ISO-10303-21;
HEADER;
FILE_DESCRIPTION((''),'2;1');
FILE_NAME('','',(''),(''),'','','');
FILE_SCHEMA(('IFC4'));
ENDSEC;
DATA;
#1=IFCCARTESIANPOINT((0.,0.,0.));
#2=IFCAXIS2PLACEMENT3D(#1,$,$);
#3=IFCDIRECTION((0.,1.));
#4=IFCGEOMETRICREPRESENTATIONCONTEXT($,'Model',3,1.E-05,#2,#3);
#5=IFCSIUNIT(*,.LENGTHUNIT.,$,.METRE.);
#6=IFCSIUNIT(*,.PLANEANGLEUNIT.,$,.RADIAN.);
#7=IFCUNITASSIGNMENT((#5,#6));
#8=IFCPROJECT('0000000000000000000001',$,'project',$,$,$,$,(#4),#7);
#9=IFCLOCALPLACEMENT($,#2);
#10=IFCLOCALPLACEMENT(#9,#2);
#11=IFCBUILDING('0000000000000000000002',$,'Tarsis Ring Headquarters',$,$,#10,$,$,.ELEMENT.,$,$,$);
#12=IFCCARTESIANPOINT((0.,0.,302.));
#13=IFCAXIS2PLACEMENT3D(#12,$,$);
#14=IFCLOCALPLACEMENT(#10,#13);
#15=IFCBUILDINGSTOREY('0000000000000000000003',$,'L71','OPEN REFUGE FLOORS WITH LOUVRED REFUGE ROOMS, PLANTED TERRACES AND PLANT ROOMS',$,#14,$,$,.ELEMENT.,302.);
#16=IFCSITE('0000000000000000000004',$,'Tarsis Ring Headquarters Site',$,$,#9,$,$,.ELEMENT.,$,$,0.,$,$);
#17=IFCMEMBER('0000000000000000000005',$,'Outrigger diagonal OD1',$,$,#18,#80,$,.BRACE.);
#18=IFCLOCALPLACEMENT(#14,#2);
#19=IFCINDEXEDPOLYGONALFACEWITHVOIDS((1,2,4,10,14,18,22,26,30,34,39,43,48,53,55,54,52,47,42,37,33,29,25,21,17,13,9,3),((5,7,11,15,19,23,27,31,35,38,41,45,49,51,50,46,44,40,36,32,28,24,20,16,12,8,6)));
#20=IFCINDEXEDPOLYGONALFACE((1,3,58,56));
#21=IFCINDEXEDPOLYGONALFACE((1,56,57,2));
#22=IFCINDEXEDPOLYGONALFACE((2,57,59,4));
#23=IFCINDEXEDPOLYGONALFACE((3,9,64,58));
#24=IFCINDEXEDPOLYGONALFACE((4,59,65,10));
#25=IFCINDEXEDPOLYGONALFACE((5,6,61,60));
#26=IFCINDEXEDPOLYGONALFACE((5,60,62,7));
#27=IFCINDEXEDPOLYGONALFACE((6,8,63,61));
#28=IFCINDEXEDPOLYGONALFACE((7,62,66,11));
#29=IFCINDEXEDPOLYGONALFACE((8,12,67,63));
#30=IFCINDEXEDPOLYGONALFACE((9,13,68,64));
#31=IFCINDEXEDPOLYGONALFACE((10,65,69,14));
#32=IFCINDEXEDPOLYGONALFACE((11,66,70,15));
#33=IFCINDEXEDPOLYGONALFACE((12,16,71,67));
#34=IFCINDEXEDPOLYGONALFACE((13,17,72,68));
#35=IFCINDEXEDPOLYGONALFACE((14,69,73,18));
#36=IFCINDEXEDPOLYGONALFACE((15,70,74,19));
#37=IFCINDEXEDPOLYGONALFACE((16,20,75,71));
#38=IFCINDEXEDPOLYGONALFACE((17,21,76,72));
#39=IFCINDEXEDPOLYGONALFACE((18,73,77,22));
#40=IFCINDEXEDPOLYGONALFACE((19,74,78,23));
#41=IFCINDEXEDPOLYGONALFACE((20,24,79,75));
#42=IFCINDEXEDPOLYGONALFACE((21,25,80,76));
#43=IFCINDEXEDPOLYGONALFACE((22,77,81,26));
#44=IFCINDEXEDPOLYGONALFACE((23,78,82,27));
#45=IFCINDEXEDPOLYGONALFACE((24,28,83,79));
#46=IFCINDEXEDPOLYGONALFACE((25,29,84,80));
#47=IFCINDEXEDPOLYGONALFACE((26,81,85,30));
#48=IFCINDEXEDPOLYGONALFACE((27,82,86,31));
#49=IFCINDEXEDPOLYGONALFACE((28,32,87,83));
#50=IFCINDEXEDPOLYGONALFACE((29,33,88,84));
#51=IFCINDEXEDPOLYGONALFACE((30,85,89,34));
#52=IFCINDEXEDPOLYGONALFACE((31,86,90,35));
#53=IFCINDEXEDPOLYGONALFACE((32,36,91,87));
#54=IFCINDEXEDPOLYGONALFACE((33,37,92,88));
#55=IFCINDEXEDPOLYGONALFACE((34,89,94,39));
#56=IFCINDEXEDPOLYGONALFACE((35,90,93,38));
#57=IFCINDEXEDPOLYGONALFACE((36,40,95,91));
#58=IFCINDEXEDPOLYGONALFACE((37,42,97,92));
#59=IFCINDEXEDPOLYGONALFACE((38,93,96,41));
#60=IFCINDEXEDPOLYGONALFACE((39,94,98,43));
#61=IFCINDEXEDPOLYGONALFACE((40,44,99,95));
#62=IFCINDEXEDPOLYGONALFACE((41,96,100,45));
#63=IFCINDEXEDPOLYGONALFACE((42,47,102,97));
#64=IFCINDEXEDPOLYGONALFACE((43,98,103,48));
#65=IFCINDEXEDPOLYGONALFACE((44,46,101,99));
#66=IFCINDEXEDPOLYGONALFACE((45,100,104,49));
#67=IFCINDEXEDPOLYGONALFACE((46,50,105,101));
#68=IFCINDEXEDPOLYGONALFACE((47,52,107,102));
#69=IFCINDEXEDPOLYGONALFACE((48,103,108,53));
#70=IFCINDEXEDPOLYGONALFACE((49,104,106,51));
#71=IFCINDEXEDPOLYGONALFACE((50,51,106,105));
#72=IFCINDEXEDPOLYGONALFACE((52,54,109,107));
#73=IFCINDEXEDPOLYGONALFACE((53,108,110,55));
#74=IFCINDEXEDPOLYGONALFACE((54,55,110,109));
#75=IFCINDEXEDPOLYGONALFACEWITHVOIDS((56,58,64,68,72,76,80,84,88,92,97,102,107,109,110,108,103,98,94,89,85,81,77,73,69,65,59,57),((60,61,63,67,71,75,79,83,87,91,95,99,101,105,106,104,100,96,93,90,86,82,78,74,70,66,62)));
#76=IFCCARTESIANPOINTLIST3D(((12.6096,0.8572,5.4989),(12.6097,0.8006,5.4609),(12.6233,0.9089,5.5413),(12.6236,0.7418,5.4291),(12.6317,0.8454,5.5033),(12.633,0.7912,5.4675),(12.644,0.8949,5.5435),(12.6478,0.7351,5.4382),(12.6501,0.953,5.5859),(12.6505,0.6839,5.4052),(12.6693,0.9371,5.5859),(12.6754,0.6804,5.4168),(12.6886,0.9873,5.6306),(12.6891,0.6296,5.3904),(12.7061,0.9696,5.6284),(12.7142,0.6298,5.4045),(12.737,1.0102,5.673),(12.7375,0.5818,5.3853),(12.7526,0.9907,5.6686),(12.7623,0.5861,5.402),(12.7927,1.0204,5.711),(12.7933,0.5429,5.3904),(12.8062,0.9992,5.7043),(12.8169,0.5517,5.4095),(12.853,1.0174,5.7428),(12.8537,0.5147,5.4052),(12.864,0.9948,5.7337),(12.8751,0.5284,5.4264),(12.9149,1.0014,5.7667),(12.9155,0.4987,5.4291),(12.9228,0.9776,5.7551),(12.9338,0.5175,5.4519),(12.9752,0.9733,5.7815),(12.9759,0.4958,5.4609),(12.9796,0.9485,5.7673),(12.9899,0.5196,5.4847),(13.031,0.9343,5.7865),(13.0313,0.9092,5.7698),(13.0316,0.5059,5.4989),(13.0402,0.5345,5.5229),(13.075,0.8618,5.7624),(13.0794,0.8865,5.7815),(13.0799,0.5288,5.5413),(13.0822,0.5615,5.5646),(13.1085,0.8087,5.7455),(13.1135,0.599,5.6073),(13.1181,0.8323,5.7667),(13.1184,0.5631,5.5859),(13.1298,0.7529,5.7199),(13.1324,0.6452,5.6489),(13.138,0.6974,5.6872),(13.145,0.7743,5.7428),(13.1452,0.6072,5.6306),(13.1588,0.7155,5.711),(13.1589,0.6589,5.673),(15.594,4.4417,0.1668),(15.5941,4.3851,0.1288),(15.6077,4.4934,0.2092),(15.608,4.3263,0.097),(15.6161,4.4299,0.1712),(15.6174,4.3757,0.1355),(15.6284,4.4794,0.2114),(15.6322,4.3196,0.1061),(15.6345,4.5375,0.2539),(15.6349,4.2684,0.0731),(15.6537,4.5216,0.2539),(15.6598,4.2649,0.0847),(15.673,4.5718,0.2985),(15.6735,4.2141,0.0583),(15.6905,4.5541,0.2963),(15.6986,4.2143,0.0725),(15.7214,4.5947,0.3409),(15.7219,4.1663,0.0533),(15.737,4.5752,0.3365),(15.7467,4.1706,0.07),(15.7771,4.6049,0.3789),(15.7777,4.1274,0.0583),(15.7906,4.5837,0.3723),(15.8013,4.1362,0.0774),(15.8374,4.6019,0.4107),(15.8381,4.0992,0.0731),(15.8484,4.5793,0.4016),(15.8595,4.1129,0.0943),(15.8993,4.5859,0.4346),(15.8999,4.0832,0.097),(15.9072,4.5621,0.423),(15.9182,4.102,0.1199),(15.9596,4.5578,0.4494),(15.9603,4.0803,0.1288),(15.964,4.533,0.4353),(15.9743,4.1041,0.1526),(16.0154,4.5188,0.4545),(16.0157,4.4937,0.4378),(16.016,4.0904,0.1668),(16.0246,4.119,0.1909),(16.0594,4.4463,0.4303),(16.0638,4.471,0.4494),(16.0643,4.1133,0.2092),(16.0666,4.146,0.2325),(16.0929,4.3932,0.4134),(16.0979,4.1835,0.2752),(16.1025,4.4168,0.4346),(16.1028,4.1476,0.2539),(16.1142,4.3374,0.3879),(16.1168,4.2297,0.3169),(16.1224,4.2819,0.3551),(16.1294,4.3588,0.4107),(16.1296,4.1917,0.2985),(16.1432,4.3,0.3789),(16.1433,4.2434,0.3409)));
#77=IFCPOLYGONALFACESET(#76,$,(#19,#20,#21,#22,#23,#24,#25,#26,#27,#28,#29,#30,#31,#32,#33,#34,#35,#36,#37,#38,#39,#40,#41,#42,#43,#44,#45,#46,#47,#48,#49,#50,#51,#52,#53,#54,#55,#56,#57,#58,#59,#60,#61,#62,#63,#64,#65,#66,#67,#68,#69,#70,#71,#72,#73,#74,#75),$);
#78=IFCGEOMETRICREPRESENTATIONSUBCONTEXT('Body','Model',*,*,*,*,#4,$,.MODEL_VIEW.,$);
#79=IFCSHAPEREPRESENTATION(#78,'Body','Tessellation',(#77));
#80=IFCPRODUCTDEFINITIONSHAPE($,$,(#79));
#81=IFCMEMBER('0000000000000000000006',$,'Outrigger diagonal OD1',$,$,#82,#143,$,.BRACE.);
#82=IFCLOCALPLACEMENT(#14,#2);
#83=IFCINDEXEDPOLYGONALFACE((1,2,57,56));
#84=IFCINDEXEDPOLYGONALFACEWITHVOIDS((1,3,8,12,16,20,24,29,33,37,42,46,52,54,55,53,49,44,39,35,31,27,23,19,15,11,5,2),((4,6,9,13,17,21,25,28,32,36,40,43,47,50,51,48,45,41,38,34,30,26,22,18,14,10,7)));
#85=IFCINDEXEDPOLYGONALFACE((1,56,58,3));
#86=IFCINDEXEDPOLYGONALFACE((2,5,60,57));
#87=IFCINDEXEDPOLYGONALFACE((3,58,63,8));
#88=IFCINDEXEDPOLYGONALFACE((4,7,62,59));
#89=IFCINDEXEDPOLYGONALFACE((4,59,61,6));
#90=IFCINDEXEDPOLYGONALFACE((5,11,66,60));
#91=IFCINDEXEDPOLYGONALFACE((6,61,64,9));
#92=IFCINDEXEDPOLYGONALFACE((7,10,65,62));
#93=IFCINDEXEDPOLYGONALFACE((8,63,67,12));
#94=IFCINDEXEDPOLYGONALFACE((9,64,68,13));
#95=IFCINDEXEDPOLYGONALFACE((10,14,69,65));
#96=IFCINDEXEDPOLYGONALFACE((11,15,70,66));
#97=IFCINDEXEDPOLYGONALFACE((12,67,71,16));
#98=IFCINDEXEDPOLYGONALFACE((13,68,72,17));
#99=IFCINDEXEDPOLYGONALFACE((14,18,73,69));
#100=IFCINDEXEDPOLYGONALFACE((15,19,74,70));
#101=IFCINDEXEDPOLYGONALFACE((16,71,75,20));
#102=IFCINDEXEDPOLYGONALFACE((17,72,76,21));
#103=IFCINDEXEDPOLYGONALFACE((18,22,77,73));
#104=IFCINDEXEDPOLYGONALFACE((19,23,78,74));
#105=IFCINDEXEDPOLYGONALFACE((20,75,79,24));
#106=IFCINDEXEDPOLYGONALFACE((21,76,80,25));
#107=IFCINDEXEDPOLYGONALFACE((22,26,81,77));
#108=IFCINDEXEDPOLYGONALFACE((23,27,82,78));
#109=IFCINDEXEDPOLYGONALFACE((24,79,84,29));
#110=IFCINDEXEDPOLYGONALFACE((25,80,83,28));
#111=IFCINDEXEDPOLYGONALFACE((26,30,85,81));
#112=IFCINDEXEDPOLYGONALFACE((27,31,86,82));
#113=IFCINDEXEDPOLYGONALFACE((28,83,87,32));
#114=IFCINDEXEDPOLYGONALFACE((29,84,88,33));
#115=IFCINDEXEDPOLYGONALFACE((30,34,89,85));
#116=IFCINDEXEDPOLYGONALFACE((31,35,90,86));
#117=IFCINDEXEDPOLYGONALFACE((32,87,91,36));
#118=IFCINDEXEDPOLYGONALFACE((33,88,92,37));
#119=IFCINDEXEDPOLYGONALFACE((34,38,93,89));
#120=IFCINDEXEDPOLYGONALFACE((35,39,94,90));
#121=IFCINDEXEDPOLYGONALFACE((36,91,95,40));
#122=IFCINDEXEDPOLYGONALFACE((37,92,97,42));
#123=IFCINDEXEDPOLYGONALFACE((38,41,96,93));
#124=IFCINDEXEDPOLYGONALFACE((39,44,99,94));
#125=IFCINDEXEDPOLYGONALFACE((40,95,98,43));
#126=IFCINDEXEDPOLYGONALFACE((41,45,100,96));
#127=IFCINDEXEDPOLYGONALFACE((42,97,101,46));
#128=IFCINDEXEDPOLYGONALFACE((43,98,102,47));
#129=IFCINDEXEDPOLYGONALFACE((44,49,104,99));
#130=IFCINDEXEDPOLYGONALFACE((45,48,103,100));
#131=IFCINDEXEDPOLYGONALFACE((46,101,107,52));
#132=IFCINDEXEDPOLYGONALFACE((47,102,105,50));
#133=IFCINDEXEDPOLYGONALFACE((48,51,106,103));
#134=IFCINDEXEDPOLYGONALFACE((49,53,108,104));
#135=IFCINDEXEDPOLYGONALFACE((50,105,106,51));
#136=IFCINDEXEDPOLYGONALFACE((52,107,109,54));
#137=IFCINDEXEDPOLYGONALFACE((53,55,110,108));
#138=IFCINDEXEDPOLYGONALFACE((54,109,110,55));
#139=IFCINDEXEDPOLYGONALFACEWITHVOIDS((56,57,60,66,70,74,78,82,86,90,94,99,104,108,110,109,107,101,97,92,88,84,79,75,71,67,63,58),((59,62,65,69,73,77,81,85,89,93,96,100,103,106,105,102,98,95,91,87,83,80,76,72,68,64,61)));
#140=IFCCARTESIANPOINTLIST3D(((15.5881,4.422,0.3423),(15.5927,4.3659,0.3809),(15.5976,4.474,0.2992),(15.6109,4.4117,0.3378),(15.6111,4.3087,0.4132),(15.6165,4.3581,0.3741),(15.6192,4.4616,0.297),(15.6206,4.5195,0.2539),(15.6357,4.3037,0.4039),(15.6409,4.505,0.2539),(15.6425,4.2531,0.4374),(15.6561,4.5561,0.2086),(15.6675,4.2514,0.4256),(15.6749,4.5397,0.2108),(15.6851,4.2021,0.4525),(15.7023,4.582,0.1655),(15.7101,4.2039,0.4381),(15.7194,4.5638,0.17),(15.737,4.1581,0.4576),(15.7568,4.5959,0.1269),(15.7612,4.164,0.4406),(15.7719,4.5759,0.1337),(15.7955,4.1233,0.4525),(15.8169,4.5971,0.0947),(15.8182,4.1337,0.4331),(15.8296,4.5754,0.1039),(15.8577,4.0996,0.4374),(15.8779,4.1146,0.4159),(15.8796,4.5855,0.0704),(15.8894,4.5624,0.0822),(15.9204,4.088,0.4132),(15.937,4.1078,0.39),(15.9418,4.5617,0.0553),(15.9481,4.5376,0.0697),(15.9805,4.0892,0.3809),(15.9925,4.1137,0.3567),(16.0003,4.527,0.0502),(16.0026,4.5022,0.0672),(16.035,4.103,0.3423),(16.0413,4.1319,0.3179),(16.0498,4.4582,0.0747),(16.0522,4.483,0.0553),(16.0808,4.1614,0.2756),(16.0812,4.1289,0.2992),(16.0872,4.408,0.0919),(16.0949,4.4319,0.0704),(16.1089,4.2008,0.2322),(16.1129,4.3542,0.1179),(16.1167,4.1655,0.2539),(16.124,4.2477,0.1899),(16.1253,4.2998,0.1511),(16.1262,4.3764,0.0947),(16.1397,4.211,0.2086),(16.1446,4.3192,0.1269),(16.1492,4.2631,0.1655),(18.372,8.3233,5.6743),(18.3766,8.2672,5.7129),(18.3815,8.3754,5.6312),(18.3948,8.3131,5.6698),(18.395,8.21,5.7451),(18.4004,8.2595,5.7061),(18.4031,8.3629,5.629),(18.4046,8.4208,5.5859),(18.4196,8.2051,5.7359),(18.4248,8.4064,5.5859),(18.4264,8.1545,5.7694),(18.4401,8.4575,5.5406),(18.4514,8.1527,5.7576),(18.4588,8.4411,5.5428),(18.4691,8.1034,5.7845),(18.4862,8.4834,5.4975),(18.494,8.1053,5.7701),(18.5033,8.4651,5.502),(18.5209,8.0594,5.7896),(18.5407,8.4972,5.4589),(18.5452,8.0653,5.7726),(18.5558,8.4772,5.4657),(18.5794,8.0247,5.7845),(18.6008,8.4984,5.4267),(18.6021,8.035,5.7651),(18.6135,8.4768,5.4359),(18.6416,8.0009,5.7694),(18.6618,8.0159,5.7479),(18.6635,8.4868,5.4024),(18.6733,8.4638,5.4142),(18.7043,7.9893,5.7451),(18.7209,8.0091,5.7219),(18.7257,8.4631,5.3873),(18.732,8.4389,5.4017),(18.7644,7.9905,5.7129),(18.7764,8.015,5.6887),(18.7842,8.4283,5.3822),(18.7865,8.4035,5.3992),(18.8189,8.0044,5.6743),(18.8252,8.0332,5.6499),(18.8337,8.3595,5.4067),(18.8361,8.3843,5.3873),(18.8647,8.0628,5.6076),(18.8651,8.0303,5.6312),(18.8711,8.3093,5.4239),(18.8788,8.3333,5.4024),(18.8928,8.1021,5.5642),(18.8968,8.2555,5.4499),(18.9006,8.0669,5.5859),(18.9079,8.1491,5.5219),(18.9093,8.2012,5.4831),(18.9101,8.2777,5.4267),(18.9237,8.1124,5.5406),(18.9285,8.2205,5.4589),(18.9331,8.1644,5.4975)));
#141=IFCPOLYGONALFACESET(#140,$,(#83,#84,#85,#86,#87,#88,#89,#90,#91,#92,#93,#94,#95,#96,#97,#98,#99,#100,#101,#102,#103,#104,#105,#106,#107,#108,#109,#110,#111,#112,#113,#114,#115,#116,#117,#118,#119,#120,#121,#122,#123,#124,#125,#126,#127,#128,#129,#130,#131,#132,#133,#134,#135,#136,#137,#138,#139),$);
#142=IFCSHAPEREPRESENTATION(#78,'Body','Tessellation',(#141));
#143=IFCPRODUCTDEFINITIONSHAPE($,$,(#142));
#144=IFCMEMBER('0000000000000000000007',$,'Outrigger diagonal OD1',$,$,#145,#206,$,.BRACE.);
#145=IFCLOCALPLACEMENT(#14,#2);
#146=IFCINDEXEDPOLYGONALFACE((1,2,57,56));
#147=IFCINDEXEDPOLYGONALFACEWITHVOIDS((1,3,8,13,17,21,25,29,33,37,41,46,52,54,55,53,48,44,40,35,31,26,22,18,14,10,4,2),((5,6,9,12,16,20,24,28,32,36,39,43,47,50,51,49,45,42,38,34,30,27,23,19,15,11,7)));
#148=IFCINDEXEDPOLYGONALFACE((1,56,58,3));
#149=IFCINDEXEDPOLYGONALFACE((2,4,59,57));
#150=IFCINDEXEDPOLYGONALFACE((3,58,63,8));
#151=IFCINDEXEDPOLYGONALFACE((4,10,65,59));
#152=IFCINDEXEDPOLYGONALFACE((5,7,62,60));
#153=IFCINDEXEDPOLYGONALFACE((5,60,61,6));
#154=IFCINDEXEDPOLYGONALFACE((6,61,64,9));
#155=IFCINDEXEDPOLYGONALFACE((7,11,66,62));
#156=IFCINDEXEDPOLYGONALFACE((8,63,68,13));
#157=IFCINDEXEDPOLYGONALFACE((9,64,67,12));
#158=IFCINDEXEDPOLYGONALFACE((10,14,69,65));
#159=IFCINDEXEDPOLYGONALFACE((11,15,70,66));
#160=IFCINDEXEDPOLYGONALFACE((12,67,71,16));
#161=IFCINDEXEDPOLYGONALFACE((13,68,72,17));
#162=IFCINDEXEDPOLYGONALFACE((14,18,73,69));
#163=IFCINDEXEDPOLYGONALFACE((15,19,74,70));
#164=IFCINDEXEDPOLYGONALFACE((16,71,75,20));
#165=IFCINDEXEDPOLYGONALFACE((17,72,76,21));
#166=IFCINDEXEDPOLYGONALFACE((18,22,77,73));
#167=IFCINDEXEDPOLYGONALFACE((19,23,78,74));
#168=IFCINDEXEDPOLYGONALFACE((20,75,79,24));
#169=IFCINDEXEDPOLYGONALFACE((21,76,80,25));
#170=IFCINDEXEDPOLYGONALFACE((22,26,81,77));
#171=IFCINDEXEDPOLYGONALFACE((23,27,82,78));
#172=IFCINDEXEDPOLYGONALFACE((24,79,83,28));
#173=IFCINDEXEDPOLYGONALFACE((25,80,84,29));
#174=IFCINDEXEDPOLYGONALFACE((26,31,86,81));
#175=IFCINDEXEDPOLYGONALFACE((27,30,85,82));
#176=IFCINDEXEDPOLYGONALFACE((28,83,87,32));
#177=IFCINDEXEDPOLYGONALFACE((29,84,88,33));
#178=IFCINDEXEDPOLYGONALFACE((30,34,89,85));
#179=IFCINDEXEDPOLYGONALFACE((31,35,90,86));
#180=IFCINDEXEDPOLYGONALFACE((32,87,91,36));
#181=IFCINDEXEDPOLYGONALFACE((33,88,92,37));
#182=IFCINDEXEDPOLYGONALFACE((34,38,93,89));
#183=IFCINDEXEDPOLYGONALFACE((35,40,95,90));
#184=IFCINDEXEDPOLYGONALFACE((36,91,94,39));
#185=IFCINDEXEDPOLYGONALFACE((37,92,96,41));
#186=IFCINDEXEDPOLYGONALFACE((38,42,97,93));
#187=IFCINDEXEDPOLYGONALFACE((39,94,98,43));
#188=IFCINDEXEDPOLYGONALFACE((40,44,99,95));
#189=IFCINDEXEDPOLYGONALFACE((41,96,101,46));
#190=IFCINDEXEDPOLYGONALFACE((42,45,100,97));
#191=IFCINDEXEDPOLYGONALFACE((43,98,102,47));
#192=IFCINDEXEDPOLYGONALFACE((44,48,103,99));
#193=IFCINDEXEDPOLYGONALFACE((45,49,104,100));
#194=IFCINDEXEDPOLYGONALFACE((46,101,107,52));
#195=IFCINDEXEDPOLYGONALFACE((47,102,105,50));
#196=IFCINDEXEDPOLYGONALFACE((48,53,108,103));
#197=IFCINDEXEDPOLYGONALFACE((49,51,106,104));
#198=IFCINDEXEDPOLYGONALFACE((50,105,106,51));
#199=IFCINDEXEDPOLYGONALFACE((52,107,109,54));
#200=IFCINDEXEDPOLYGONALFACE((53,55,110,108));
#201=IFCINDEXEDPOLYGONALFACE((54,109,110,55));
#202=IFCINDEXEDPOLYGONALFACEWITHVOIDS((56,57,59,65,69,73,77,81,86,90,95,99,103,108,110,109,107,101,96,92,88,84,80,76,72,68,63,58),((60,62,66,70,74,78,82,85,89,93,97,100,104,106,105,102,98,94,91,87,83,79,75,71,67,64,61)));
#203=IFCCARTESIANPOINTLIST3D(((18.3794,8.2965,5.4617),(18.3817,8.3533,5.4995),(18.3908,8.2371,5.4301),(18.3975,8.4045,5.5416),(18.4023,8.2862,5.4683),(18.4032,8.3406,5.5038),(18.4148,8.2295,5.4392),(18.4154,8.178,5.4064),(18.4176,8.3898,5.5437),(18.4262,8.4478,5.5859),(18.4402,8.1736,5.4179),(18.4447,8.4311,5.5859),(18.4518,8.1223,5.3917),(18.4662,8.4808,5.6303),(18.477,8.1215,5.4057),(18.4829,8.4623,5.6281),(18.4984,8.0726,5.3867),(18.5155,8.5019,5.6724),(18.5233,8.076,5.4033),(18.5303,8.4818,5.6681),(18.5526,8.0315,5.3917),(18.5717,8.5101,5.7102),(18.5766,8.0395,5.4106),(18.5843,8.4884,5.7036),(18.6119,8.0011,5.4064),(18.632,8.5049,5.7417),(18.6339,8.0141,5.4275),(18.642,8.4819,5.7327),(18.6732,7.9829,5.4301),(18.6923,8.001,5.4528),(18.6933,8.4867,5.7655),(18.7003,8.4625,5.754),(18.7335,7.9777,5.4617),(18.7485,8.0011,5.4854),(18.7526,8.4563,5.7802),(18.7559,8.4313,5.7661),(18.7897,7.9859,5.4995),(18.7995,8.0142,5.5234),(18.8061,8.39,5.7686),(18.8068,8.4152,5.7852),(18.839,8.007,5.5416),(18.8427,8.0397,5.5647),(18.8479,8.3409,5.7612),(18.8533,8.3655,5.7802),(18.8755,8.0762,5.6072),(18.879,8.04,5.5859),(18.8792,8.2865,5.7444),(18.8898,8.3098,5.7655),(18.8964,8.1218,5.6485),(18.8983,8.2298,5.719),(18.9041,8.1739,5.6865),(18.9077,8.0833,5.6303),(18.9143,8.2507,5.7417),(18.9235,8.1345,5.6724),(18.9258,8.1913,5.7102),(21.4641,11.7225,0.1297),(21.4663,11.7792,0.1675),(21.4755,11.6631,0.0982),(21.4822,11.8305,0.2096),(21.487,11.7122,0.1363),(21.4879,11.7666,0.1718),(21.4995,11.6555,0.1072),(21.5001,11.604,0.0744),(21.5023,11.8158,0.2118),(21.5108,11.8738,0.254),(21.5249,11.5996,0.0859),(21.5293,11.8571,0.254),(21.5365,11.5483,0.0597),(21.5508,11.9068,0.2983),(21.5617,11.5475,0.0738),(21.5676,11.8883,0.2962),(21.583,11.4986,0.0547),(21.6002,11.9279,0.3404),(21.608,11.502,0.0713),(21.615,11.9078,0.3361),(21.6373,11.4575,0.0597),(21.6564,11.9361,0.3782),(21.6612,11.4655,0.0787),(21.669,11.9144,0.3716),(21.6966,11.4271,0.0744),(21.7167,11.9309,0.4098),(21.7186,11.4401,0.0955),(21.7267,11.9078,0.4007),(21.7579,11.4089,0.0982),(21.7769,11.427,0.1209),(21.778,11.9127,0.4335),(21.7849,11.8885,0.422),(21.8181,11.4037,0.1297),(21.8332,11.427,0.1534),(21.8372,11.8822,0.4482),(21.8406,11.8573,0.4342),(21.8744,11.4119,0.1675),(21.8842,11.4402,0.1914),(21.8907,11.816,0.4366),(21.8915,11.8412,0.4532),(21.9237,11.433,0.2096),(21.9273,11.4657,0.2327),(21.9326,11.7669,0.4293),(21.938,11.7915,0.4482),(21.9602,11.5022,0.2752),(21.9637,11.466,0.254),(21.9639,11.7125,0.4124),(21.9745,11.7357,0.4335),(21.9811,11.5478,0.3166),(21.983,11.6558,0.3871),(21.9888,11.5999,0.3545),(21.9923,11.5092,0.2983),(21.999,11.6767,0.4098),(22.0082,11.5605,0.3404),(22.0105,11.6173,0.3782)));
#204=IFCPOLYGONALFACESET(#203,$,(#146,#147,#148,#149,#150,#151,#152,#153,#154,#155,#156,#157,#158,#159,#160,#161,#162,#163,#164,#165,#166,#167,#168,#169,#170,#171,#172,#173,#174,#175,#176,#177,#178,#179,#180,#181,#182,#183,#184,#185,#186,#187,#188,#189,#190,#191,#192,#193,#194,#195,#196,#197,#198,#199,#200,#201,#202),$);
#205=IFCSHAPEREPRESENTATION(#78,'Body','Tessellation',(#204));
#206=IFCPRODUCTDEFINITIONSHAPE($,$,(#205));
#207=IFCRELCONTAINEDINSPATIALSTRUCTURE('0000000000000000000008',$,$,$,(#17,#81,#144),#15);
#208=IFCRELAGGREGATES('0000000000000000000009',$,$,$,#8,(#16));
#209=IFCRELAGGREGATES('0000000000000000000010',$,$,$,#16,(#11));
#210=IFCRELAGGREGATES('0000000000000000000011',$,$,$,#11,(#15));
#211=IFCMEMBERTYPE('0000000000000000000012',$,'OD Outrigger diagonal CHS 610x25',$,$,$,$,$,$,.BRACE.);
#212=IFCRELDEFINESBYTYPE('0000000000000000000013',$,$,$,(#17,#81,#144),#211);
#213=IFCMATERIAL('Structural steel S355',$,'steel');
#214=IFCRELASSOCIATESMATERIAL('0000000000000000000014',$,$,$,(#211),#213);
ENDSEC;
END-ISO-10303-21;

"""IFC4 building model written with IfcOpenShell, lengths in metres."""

from ifc_helpers import new_model, si_unit, direction, frame, origin, origin_2d, place, context, subcontext, project, spatial, hollow_circle, extrude, material, material_profile, profile_set, type_object, element, save


model = new_model("IFC4")

# Units and contexts
model_context = context("Model", 3, precision=1e-05, world=origin(), true_north=direction((0.0, 1.0)))
body_context = subcontext(model_context, "Body", "Model", "MODEL_VIEW")
ifc_project = project(units=[si_unit("LENGTHUNIT", "METRE"), si_unit("PLANEANGLEUNIT", "RADIAN")], contexts=[model_context])

# Site, building, storey
site_placement = place(None, origin())
site = spatial("IfcSite", under=ifc_project, at=site_placement, Name="Tarsis Ring Headquarters Site", CompositionType="ELEMENT", RefElevation=0.0)
building_placement = place(site_placement, origin())
building = spatial("IfcBuilding", under=site, at=building_placement, Name="Tarsis Ring Headquarters", CompositionType="ELEMENT")
storey_placement = place(building_placement, frame((0.0, 0.0, 302.0)))
storey = spatial("IfcBuildingStorey", under=building, at=storey_placement, Name="L71", Description="OPEN REFUGE FLOORS WITH LOUVRED REFUGE ROOMS, PLANTED TERRACES AND PLANT ROOMS", CompositionType="ELEMENT", Elevation=302.0)

# Shared definitions
ifc_material_1 = material(Name="Structural steel S355", Category="steel")

# Members
ifc_material_profile_1 = material_profile(ifc_material_1, hollow_circle(Radius=0.3047, WallThickness=0.0249, at=origin_2d()), Name="CHS 610x25")
ifc_profile_set_1 = profile_set([ifc_material_profile_1], Name="Structural steel S355")
member_type_1 = type_object("IfcMemberType", Name="OD Outrigger diagonal CHS 610x25", PredefinedType="BRACE", material=ifc_profile_set_1)
member_1_placement = place(storey_placement, frame((12.8843, 0.7581, 5.5859), z_axis=(0.421274, 0.505983, -0.752668), x_axis=(-0.768504, 0.639845, 0.0)))
element("IfcMember", 1, at=member_1_placement, inside=storey, type_object=member_type_1, Name="Outrigger diagonal OD1", PredefinedType="BRACE", context=body_context, shape_type="SweptSolid", body=[
    extrude(hollow_circle(Radius=0.3047, WallThickness=0.0249, at=origin_2d()), origin(), (0.0, 0.0, 1.0), 7.0842),
])
member_2_placement = place(storey_placement, frame((15.8687, 4.3425, 0.2539), z_axis=(0.388303, 0.544163, 0.743712), x_axis=(-0.814005, 0.580857, 0.0)))
element("IfcMember", 2, at=member_2_placement, inside=storey, type_object=member_type_1, Name="Outrigger diagonal OD1", PredefinedType="BRACE", context=body_context, shape_type="SweptSolid", body=[
    extrude(hollow_circle(Radius=0.3047, WallThickness=0.0249, at=origin_2d()), origin(), (0.0, 0.0, 1.0), 7.1694),
])
member_3_placement = place(storey_placement, frame((18.6526, 8.2439, 5.5859), z_axis=(0.437631, 0.486053, -0.75646), x_axis=(-0.743155, 0.66912, 0.0)))
element("IfcMember", 3, at=member_3_placement, inside=storey, type_object=member_type_1, Name="Outrigger diagonal OD1", PredefinedType="BRACE", context=body_context, shape_type="SweptSolid", body=[
    extrude(hollow_circle(Radius=0.3047, WallThickness=0.0249, at=origin_2d()), origin(), (0.0, 0.0, 1.0), 7.0486),
])

save(model, "model.ifc")
